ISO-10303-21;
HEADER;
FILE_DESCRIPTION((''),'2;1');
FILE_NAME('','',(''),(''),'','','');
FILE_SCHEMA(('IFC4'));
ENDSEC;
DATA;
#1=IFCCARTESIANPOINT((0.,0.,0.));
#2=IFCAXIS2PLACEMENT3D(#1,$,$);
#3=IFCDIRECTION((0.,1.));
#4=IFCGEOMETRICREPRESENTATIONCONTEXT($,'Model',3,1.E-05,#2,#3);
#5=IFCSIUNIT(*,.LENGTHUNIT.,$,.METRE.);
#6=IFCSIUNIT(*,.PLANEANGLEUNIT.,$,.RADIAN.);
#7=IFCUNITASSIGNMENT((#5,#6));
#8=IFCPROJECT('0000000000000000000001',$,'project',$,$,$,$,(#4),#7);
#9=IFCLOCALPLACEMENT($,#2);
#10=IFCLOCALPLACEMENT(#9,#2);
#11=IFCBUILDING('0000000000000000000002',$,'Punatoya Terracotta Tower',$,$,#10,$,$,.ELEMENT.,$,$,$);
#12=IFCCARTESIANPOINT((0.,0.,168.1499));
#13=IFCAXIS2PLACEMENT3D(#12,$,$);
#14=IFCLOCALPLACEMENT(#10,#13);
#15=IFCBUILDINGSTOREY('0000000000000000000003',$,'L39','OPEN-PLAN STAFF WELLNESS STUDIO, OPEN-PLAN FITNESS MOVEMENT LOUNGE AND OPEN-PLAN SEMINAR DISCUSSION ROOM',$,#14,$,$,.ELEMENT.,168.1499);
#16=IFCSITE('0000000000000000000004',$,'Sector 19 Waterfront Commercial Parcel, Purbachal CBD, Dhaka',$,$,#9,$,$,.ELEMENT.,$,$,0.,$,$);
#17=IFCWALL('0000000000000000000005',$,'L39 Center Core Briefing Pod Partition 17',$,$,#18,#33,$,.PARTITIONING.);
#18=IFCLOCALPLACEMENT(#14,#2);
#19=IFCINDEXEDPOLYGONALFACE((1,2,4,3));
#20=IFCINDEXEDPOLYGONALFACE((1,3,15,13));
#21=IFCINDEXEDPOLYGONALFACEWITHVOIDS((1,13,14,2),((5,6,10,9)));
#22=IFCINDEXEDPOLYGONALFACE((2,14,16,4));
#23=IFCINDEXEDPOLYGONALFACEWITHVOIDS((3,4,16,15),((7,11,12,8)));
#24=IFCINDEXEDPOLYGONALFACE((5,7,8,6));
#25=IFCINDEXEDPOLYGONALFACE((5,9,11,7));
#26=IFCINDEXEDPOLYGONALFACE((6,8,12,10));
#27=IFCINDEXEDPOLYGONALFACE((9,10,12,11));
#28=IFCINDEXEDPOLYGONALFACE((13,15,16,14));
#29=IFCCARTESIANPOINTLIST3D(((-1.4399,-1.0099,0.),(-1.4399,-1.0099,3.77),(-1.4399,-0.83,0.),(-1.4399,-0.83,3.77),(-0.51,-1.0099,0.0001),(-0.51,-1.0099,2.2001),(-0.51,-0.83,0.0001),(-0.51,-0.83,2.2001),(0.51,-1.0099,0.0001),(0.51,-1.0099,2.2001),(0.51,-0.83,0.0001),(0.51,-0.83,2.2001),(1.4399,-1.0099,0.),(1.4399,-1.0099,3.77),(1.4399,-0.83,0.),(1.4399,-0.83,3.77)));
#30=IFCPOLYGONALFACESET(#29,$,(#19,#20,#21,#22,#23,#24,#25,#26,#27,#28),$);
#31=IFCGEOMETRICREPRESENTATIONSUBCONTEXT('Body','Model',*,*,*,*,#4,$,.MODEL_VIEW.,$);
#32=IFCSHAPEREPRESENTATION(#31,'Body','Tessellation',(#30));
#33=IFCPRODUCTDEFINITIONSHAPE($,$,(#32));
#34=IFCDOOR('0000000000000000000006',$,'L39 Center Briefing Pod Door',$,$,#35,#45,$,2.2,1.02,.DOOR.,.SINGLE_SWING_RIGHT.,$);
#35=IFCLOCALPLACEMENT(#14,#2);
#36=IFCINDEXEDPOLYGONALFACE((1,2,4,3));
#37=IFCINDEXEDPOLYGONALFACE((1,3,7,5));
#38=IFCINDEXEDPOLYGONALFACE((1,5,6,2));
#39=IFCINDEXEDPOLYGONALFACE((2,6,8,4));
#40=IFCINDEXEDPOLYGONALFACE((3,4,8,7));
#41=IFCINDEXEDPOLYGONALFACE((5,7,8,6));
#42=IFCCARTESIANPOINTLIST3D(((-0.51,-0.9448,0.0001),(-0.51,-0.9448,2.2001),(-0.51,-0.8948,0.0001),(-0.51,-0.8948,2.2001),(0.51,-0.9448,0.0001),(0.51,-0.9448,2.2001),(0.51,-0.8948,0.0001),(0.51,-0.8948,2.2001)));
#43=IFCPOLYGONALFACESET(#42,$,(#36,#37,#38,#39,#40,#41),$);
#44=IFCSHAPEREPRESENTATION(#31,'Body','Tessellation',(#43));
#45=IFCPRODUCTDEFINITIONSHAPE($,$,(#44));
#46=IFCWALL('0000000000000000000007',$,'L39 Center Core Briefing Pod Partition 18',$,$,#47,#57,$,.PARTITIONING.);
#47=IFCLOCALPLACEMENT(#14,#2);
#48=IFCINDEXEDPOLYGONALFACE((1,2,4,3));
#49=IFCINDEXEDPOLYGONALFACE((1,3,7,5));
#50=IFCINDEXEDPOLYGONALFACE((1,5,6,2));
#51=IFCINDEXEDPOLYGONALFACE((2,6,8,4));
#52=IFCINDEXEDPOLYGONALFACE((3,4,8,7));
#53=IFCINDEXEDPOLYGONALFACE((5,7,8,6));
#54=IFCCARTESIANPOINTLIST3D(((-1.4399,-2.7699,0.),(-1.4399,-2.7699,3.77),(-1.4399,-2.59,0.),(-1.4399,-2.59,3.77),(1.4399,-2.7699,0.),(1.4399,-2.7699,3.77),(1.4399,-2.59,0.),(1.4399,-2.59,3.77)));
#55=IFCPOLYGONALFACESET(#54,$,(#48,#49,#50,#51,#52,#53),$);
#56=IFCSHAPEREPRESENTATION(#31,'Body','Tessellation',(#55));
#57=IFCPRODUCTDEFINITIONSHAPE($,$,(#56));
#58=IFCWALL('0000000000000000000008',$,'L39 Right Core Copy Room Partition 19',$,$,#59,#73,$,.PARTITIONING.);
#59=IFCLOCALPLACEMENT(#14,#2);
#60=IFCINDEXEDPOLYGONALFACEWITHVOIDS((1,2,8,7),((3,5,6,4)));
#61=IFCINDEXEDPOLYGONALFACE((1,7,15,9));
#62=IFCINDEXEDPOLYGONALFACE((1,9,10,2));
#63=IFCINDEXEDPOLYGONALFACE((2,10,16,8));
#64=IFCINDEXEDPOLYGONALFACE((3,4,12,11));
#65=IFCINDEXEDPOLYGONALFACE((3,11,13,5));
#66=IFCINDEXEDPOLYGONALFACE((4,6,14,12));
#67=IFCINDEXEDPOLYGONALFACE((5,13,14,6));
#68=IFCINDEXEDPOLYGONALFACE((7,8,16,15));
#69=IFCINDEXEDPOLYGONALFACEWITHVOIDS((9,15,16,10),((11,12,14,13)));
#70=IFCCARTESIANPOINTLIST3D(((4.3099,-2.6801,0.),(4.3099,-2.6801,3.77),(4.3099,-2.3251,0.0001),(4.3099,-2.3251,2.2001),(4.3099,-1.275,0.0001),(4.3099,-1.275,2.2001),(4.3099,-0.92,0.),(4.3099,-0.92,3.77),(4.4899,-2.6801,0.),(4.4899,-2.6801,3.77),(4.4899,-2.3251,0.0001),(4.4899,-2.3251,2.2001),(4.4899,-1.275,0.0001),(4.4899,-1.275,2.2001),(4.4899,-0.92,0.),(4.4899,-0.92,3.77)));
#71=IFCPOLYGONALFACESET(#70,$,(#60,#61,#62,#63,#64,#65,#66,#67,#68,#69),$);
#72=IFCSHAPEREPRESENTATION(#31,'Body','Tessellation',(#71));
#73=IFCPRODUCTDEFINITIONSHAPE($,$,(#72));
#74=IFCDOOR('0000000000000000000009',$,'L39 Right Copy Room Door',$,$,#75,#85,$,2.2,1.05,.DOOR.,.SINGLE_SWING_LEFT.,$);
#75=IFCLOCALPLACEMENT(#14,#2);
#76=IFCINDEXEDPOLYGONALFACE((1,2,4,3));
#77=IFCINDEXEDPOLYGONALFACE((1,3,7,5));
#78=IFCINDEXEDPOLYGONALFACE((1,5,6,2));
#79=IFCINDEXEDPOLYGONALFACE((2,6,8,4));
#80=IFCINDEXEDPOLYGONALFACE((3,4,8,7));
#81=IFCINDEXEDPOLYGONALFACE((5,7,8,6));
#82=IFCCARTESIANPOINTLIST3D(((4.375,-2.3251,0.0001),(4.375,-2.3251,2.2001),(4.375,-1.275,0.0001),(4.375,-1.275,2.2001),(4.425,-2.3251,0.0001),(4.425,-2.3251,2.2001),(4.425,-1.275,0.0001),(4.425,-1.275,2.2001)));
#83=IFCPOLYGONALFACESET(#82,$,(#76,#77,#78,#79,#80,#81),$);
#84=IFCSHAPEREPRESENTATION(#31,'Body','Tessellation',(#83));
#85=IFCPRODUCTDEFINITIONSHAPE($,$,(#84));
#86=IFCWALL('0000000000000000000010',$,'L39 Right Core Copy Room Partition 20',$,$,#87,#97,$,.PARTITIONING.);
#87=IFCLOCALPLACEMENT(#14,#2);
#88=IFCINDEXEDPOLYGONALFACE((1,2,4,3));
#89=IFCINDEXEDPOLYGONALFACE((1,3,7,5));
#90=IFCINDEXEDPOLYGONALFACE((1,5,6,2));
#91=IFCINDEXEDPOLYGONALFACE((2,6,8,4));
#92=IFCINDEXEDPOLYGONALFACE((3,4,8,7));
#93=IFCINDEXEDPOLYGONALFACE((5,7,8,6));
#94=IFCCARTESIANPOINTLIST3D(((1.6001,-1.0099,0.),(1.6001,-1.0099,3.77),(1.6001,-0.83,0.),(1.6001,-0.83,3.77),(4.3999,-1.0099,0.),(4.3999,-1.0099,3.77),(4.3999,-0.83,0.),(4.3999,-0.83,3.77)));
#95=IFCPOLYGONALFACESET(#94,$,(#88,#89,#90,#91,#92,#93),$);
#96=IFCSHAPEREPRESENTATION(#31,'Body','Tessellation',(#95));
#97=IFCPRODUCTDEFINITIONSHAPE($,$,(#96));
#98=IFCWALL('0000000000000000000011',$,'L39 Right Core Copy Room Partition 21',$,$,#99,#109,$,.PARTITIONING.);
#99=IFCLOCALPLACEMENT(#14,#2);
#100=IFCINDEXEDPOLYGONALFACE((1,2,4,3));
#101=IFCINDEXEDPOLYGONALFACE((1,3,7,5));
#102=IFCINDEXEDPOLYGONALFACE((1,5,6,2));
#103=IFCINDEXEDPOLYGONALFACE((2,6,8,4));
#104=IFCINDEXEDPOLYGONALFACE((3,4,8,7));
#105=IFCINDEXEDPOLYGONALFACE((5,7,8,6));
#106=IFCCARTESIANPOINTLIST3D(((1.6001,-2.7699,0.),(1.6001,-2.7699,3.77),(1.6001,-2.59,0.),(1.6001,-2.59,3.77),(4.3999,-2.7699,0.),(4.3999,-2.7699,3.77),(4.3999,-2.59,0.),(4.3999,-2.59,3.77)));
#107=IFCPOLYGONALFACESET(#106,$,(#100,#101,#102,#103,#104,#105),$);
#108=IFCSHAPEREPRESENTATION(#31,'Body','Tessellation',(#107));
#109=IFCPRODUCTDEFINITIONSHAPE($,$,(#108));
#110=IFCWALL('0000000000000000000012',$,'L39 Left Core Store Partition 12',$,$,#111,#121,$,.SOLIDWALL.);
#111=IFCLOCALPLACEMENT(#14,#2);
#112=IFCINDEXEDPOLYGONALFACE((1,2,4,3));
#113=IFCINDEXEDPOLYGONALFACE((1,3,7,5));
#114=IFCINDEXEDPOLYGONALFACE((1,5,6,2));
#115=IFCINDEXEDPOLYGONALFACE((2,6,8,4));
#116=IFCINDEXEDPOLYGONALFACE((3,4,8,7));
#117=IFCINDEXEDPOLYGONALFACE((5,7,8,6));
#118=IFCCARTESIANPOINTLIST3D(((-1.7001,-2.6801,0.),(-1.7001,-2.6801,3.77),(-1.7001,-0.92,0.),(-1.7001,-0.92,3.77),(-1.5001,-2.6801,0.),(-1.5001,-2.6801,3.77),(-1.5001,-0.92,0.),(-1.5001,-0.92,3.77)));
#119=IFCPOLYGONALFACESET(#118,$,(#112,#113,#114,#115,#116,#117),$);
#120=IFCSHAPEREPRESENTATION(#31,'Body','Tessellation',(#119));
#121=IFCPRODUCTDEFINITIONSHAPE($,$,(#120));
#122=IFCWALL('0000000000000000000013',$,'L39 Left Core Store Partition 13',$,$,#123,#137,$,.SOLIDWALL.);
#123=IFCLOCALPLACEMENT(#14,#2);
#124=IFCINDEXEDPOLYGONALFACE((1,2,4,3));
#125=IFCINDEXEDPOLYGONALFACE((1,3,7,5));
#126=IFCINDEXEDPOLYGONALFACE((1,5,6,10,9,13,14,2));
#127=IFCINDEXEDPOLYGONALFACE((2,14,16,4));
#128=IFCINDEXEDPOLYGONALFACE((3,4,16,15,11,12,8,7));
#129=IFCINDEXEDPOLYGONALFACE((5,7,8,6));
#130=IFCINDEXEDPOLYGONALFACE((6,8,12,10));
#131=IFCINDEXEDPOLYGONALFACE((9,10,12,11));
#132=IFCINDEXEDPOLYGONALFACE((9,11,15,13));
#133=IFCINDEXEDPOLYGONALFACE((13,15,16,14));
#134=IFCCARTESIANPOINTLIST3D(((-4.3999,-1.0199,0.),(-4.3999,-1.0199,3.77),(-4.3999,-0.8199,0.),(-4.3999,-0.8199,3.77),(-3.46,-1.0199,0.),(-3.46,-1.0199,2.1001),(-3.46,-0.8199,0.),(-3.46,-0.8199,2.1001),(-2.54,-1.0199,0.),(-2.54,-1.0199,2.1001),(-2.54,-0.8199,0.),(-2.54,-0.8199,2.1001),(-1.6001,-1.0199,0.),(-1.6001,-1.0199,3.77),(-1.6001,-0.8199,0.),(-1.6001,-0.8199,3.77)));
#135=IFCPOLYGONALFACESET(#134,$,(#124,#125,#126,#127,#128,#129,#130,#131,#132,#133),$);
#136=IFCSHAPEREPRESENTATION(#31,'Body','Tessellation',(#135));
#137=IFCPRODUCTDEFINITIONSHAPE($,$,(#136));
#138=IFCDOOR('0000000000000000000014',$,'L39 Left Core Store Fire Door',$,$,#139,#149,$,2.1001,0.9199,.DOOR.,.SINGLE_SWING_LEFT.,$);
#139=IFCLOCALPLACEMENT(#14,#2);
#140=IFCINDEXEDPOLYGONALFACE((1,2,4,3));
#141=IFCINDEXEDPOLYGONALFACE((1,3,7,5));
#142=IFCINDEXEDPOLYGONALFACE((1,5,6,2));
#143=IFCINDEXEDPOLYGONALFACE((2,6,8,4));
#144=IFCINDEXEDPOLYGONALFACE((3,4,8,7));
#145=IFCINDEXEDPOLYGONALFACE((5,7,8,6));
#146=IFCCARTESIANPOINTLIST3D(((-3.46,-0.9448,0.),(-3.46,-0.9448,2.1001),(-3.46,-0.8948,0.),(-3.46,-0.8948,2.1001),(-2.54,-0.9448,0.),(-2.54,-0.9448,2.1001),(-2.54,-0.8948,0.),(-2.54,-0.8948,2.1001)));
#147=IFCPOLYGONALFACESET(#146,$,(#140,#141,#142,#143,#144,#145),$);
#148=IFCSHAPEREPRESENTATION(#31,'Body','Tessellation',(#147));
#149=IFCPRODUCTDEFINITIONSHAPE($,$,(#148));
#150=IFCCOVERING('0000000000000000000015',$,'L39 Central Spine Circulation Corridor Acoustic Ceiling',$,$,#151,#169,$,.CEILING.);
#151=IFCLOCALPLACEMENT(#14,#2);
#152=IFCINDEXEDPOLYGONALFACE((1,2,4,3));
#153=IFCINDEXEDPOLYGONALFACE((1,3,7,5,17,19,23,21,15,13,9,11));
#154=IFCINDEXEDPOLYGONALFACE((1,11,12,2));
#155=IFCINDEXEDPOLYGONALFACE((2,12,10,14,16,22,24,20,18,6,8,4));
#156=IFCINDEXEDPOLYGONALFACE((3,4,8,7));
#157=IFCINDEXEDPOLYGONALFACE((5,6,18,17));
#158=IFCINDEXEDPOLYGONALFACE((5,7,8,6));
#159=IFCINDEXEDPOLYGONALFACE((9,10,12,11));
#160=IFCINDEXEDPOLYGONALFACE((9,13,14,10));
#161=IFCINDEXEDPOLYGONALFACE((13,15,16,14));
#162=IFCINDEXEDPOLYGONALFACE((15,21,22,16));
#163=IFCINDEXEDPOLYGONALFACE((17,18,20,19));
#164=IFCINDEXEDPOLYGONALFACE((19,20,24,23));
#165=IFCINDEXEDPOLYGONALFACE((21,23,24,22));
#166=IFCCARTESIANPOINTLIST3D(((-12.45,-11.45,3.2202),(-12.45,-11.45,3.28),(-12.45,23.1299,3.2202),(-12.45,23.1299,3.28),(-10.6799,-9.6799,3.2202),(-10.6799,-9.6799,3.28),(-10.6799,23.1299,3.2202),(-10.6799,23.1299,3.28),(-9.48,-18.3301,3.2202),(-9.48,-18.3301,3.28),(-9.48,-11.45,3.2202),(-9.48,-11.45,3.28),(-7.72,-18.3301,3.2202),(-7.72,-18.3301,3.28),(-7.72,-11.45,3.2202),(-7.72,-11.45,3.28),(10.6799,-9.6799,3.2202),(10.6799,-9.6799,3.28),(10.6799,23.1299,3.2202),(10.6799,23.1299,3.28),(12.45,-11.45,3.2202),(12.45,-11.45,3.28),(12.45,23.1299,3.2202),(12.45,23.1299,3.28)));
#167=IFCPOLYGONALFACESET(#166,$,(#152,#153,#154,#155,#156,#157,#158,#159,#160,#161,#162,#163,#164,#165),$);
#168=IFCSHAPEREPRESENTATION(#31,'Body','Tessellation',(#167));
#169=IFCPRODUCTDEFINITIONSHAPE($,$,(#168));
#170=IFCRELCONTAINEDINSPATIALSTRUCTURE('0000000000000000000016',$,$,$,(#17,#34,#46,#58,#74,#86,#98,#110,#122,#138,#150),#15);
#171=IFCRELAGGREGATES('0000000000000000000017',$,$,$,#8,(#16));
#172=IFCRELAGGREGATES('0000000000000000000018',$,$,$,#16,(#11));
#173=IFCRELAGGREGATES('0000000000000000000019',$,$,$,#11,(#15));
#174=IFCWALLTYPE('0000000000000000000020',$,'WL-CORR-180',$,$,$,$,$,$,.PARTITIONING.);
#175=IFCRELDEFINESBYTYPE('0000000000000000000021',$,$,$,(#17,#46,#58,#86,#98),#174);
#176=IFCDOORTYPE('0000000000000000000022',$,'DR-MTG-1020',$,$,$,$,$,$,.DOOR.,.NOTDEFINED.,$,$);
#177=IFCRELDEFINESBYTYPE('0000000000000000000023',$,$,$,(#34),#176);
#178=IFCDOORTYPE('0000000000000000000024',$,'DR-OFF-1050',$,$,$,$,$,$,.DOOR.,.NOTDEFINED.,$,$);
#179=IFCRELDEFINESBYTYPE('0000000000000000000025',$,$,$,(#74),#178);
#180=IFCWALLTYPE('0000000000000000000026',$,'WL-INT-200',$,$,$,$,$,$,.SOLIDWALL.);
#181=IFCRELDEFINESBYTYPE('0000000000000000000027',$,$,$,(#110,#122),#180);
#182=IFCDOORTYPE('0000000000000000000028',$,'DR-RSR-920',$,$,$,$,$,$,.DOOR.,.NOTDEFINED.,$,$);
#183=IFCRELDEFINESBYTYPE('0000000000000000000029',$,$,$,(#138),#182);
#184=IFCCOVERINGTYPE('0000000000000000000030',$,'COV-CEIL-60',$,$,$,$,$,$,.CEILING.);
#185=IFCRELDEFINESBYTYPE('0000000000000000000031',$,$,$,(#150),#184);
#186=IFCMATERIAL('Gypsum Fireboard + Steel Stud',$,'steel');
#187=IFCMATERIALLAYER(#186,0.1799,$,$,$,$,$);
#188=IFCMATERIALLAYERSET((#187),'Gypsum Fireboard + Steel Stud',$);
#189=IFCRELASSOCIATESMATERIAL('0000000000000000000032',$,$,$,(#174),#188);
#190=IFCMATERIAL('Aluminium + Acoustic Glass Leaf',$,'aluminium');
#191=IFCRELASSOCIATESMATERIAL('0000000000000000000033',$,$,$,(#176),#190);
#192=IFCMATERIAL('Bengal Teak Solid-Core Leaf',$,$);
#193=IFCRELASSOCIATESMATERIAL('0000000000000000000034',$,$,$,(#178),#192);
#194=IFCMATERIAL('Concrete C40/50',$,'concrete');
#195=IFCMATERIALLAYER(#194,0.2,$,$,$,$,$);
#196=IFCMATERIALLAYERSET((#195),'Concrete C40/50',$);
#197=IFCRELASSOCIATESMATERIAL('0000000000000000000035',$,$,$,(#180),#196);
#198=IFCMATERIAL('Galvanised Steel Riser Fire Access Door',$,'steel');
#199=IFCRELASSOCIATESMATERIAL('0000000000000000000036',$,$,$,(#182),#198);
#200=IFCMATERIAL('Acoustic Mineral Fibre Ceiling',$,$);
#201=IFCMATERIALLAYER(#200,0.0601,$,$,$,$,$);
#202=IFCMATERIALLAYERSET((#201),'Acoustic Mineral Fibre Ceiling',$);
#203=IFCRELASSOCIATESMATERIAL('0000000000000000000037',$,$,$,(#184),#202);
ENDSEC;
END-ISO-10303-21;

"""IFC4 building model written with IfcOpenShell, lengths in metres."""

from ifc_helpers import new_model, si_unit, direction, frame, frame_2d, origin, place, context, subcontext, project, spatial, polyline, rectangle, outline, extrude, material, layer, layer_set, type_object, element, fill, save


model = new_model("IFC4")

# Units and contexts
model_context = context("Model", 3, precision=1e-05, world=origin(), true_north=direction((0.0, 1.0)))
body_context = subcontext(model_context, "Body", "Model", "MODEL_VIEW")
ifc_project = project(units=[si_unit("LENGTHUNIT", "METRE"), si_unit("PLANEANGLEUNIT", "RADIAN")], contexts=[model_context])

# Site, building, storey
site_placement = place(None, origin())
site = spatial("IfcSite", under=ifc_project, at=site_placement, Name="Sector 19 Waterfront Commercial Parcel, Purbachal CBD, Dhaka", CompositionType="ELEMENT", RefElevation=0.0)
building_placement = place(site_placement, origin())
building = spatial("IfcBuilding", under=site, at=building_placement, Name="Punatoya Terracotta Tower", CompositionType="ELEMENT")
storey_placement = place(building_placement, frame((0.0, 0.0, 168.1499)))
storey = spatial("IfcBuildingStorey", under=building, at=storey_placement, Name="L39", Description="OPEN-PLAN STAFF WELLNESS STUDIO, OPEN-PLAN FITNESS MOVEMENT LOUNGE AND OPEN-PLAN SEMINAR DISCUSSION ROOM", CompositionType="ELEMENT", Elevation=168.1499)

# Shared definitions
ifc_material_1 = material(Name="Concrete C40/50", Category="concrete")

# Shared definitions
ifc_material_2 = material(Name="Gypsum Fireboard + Steel Stud", Category="steel")
ifc_layer_1 = layer(ifc_material_2, 0.1799)
ifc_layer_set_1 = layer_set([ifc_layer_1], Name="Gypsum Fireboard + Steel Stud")
wall_type_1 = type_object("IfcWallType", Name="WL-CORR-180", PredefinedType="PARTITIONING", material=ifc_layer_set_1)
ifc_material_3 = material(Name="Aluminium + Acoustic Glass Leaf", Category="aluminium")
door_type_1 = type_object("IfcDoorType", Name="DR-MTG-1020", OperationType="NOTDEFINED", PredefinedType="DOOR", material=ifc_material_3)

# Wall, opening, door
wall_1_placement = place(storey_placement, frame((1.4399, -0.9199, 0.0), z_axis=(0.0, 0.0, 1.0), x_axis=(-1.0, 0.0, 0.0)))
wall_1 = element("IfcWall", 1, at=wall_1_placement, inside=storey, type_object=wall_type_1, Name="L39 Center Core Briefing Pod Partition 17", PredefinedType="PARTITIONING", context=body_context, shape_type="SweptSolid", body=[
    extrude(rectangle(XDim=2.8799, YDim=0.1799, at=frame_2d((1.4399, 0.0))), origin(), (0.0, 0.0, 1.0), 3.77),
])
opening_1_placement = place(wall_1_placement, frame((0.9299, 0.0, 0.0)))
opening_1 = element("IfcOpeningElement", 2, at=opening_1_placement, cuts=wall_1, PredefinedType="OPENING", context=body_context, shape_type="SweptSolid", body=[
    extrude(rectangle(XDim=1.02, YDim=2.2, at=frame_2d((0.51, 1.1001))), frame((0.0, 0.0999, 0.0), z_axis=(0.0, -1.0, 0.0), x_axis=(1.0, 0.0, 0.0)), (0.0, 0.0, 1.0), 0.2),
])
door_1_placement = place(opening_1_placement, origin())
door_1 = element("IfcDoor", 3, at=door_1_placement, inside=storey, type_object=door_type_1, Name="L39 Center Briefing Pod Door", OperationType="SINGLE_SWING_RIGHT", OverallHeight=2.2, OverallWidth=1.02, PredefinedType="DOOR", context=body_context, shape_type="SweptSolid", body=[
    extrude(rectangle(XDim=1.02, YDim=2.2, at=frame_2d((0.51, 1.1001))), frame((0.0, 0.0249, 0.0), z_axis=(0.0, -1.0, 0.0), x_axis=(1.0, 0.0, 0.0)), (0.0, 0.0, 1.0), 0.05),
])
fill(opening_1, door_1)

# Wall
wall_2_placement = place(storey_placement, frame((-1.4399, -2.6799, 0.0), z_axis=(0.0, 0.0, 1.0), x_axis=(1.0, 0.0, 0.0)))
element("IfcWall", 4, at=wall_2_placement, inside=storey, type_object=wall_type_1, Name="L39 Center Core Briefing Pod Partition 18", PredefinedType="PARTITIONING", context=body_context, shape_type="SweptSolid", body=[
    extrude(rectangle(XDim=2.8799, YDim=0.1799, at=frame_2d((1.4399, 0.0))), origin(), (0.0, 0.0, 1.0), 3.77),
])

# Wall, opening, door
wall_3_placement = place(storey_placement, frame((4.3999, -2.6799, 0.0), z_axis=(0.0, 0.0, 1.0), x_axis=(0.0, 1.0, 0.0)))
wall_3 = element("IfcWall", 5, at=wall_3_placement, inside=storey, type_object=wall_type_1, Name="L39 Right Core Copy Room Partition 19", PredefinedType="PARTITIONING", context=body_context, shape_type="SweptSolid", body=[
    extrude(rectangle(XDim=1.76, YDim=0.1799, at=frame_2d((0.8799, 0.0))), origin(), (0.0, 0.0, 1.0), 3.77),
])
opening_2_placement = place(wall_3_placement, frame((0.355, 0.0, 0.0)))
opening_2 = element("IfcOpeningElement", 6, at=opening_2_placement, cuts=wall_3, PredefinedType="OPENING", context=body_context, shape_type="SweptSolid", body=[
    extrude(rectangle(XDim=1.05, YDim=2.2, at=frame_2d((0.5249, 1.1001))), frame((0.0, 0.0999, 0.0), z_axis=(0.0, -1.0, 0.0), x_axis=(1.0, 0.0, 0.0)), (0.0, 0.0, 1.0), 0.2),
])
ifc_material_4 = material(Name="Bengal Teak Solid-Core Leaf")
door_type_2 = type_object("IfcDoorType", Name="DR-OFF-1050", OperationType="NOTDEFINED", PredefinedType="DOOR", material=ifc_material_4)
door_2_placement = place(opening_2_placement, origin())
door_2 = element("IfcDoor", 7, at=door_2_placement, inside=storey, type_object=door_type_2, Name="L39 Right Copy Room Door", OperationType="SINGLE_SWING_LEFT", OverallHeight=2.2, OverallWidth=1.05, PredefinedType="DOOR", context=body_context, shape_type="SweptSolid", body=[
    extrude(rectangle(XDim=1.05, YDim=2.2, at=frame_2d((0.5249, 1.1001))), frame((0.0, 0.0249, 0.0), z_axis=(0.0, -1.0, 0.0), x_axis=(1.0, 0.0, 0.0)), (0.0, 0.0, 1.0), 0.05),
])
fill(opening_2, door_2)

# Walls
for number, where, z_axis, x_axis, name in (
    (8, (4.3999, -0.9199, 0.0), (0.0, 0.0, 1.0), (-1.0, 0.0, 0.0), "L39 Right Core Copy Room Partition 20"),
    (9, (1.6001, -2.6799, 0.0), (0.0, 0.0, 1.0), (1.0, 0.0, 0.0), "L39 Right Core Copy Room Partition 21"),
):
    element("IfcWall", number, at=place(storey_placement, frame(where, z_axis=z_axis, x_axis=x_axis)), inside=storey, type_object=wall_type_1, Name=name, PredefinedType="PARTITIONING", context=body_context, shape_type="SweptSolid", body=[
        extrude(rectangle(XDim=2.7998, YDim=0.1799, at=frame_2d((1.3999, 0.0))), origin(), (0.0, 0.0, 1.0), 3.77),
    ])

# Shared definitions
ifc_layer_2 = layer(ifc_material_1, 0.2)
ifc_layer_set_2 = layer_set([ifc_layer_2], Name="Concrete C40/50")
wall_type_2 = type_object("IfcWallType", Name="WL-INT-200", PredefinedType="SOLIDWALL", material=ifc_layer_set_2)

# Wall
wall_4_placement = place(storey_placement, frame((-1.6001, -2.6799, 0.0), z_axis=(0.0, 0.0, 1.0), x_axis=(0.0, 1.0, 0.0)))
element("IfcWall", 10, at=wall_4_placement, inside=storey, type_object=wall_type_2, Name="L39 Left Core Store Partition 12", PredefinedType="SOLIDWALL", context=body_context, shape_type="SweptSolid", body=[
    extrude(rectangle(XDim=1.76, YDim=0.2, at=frame_2d((0.8799, 0.0))), origin(), (0.0, 0.0, 1.0), 3.77),
])

# Wall, opening, door
wall_5_placement = place(storey_placement, frame((-1.6001, -0.9199, 0.0), z_axis=(0.0, 0.0, 1.0), x_axis=(-1.0, 0.0, 0.0)))
wall_5 = element("IfcWall", 11, at=wall_5_placement, inside=storey, type_object=wall_type_2, Name="L39 Left Core Store Partition 13", PredefinedType="SOLIDWALL", context=body_context, shape_type="SweptSolid", body=[
    extrude(rectangle(XDim=2.7998, YDim=0.2, at=frame_2d((1.3999, 0.0))), origin(), (0.0, 0.0, 1.0), 3.77),
])
opening_3_placement = place(wall_5_placement, frame((0.9399, 0.0, 0.0)))
opening_3 = element("IfcOpeningElement", 12, at=opening_3_placement, cuts=wall_5, PredefinedType="OPENING", context=body_context, shape_type="SweptSolid", body=[
    extrude(rectangle(XDim=0.9199, YDim=2.1001, at=frame_2d((0.46, 1.05))), frame((0.0, 0.1099, 0.0), z_axis=(0.0, -1.0, 0.0), x_axis=(1.0, 0.0, 0.0)), (0.0, 0.0, 1.0), 0.22),
])
ifc_material_5 = material(Name="Galvanised Steel Riser Fire Access Door", Category="steel")
door_type_3 = type_object("IfcDoorType", Name="DR-RSR-920", OperationType="NOTDEFINED", PredefinedType="DOOR", material=ifc_material_5)
door_3_placement = place(opening_3_placement, origin())
door_3 = element("IfcDoor", 13, at=door_3_placement, inside=storey, type_object=door_type_3, Name="L39 Left Core Store Fire Door", OperationType="SINGLE_SWING_LEFT", OverallHeight=2.1001, OverallWidth=0.9199, PredefinedType="DOOR", context=body_context, shape_type="SweptSolid", body=[
    extrude(rectangle(XDim=0.9199, YDim=2.1001, at=frame_2d((0.46, 1.05))), frame((0.0, 0.0249, 0.0), z_axis=(0.0, -1.0, 0.0), x_axis=(1.0, 0.0, 0.0)), (0.0, 0.0, 1.0), 0.05),
])
fill(opening_3, door_3)

# Covering
ifc_material_6 = material(Name="Acoustic Mineral Fibre Ceiling")
ifc_layer_3 = layer(ifc_material_6, 0.0601)
ifc_layer_set_3 = layer_set([ifc_layer_3], Name="Acoustic Mineral Fibre Ceiling")
covering_type = type_object("IfcCoveringType", Name="COV-CEIL-60", PredefinedType="CEILING", material=ifc_layer_set_3)
covering_1_placement = place(storey_placement, frame((0.0, 0.0, 3.2202)))
element("IfcCovering", 14, at=covering_1_placement, inside=storey, type_object=covering_type, Name="L39 Central Spine Circulation Corridor Acoustic Ceiling", PredefinedType="CEILING", context=body_context, shape_type="SweptSolid", body=[
    extrude(outline(polyline([(12.45, -11.45), (12.45, 23.1299), (10.6799, 23.1299), (10.6799, -9.6799), (-10.6799, -9.6799), (-10.6799, 23.1299), (-12.45, 23.1299), (-12.45, -11.45), (-9.48, -11.45), (-9.48, -18.3301), (-7.72, -18.3301), (-7.72, -11.45), (12.45, -11.45)])), origin(), (0.0, 0.0, 1.0), 0.0598),
])

save(model, "model.ifc")
